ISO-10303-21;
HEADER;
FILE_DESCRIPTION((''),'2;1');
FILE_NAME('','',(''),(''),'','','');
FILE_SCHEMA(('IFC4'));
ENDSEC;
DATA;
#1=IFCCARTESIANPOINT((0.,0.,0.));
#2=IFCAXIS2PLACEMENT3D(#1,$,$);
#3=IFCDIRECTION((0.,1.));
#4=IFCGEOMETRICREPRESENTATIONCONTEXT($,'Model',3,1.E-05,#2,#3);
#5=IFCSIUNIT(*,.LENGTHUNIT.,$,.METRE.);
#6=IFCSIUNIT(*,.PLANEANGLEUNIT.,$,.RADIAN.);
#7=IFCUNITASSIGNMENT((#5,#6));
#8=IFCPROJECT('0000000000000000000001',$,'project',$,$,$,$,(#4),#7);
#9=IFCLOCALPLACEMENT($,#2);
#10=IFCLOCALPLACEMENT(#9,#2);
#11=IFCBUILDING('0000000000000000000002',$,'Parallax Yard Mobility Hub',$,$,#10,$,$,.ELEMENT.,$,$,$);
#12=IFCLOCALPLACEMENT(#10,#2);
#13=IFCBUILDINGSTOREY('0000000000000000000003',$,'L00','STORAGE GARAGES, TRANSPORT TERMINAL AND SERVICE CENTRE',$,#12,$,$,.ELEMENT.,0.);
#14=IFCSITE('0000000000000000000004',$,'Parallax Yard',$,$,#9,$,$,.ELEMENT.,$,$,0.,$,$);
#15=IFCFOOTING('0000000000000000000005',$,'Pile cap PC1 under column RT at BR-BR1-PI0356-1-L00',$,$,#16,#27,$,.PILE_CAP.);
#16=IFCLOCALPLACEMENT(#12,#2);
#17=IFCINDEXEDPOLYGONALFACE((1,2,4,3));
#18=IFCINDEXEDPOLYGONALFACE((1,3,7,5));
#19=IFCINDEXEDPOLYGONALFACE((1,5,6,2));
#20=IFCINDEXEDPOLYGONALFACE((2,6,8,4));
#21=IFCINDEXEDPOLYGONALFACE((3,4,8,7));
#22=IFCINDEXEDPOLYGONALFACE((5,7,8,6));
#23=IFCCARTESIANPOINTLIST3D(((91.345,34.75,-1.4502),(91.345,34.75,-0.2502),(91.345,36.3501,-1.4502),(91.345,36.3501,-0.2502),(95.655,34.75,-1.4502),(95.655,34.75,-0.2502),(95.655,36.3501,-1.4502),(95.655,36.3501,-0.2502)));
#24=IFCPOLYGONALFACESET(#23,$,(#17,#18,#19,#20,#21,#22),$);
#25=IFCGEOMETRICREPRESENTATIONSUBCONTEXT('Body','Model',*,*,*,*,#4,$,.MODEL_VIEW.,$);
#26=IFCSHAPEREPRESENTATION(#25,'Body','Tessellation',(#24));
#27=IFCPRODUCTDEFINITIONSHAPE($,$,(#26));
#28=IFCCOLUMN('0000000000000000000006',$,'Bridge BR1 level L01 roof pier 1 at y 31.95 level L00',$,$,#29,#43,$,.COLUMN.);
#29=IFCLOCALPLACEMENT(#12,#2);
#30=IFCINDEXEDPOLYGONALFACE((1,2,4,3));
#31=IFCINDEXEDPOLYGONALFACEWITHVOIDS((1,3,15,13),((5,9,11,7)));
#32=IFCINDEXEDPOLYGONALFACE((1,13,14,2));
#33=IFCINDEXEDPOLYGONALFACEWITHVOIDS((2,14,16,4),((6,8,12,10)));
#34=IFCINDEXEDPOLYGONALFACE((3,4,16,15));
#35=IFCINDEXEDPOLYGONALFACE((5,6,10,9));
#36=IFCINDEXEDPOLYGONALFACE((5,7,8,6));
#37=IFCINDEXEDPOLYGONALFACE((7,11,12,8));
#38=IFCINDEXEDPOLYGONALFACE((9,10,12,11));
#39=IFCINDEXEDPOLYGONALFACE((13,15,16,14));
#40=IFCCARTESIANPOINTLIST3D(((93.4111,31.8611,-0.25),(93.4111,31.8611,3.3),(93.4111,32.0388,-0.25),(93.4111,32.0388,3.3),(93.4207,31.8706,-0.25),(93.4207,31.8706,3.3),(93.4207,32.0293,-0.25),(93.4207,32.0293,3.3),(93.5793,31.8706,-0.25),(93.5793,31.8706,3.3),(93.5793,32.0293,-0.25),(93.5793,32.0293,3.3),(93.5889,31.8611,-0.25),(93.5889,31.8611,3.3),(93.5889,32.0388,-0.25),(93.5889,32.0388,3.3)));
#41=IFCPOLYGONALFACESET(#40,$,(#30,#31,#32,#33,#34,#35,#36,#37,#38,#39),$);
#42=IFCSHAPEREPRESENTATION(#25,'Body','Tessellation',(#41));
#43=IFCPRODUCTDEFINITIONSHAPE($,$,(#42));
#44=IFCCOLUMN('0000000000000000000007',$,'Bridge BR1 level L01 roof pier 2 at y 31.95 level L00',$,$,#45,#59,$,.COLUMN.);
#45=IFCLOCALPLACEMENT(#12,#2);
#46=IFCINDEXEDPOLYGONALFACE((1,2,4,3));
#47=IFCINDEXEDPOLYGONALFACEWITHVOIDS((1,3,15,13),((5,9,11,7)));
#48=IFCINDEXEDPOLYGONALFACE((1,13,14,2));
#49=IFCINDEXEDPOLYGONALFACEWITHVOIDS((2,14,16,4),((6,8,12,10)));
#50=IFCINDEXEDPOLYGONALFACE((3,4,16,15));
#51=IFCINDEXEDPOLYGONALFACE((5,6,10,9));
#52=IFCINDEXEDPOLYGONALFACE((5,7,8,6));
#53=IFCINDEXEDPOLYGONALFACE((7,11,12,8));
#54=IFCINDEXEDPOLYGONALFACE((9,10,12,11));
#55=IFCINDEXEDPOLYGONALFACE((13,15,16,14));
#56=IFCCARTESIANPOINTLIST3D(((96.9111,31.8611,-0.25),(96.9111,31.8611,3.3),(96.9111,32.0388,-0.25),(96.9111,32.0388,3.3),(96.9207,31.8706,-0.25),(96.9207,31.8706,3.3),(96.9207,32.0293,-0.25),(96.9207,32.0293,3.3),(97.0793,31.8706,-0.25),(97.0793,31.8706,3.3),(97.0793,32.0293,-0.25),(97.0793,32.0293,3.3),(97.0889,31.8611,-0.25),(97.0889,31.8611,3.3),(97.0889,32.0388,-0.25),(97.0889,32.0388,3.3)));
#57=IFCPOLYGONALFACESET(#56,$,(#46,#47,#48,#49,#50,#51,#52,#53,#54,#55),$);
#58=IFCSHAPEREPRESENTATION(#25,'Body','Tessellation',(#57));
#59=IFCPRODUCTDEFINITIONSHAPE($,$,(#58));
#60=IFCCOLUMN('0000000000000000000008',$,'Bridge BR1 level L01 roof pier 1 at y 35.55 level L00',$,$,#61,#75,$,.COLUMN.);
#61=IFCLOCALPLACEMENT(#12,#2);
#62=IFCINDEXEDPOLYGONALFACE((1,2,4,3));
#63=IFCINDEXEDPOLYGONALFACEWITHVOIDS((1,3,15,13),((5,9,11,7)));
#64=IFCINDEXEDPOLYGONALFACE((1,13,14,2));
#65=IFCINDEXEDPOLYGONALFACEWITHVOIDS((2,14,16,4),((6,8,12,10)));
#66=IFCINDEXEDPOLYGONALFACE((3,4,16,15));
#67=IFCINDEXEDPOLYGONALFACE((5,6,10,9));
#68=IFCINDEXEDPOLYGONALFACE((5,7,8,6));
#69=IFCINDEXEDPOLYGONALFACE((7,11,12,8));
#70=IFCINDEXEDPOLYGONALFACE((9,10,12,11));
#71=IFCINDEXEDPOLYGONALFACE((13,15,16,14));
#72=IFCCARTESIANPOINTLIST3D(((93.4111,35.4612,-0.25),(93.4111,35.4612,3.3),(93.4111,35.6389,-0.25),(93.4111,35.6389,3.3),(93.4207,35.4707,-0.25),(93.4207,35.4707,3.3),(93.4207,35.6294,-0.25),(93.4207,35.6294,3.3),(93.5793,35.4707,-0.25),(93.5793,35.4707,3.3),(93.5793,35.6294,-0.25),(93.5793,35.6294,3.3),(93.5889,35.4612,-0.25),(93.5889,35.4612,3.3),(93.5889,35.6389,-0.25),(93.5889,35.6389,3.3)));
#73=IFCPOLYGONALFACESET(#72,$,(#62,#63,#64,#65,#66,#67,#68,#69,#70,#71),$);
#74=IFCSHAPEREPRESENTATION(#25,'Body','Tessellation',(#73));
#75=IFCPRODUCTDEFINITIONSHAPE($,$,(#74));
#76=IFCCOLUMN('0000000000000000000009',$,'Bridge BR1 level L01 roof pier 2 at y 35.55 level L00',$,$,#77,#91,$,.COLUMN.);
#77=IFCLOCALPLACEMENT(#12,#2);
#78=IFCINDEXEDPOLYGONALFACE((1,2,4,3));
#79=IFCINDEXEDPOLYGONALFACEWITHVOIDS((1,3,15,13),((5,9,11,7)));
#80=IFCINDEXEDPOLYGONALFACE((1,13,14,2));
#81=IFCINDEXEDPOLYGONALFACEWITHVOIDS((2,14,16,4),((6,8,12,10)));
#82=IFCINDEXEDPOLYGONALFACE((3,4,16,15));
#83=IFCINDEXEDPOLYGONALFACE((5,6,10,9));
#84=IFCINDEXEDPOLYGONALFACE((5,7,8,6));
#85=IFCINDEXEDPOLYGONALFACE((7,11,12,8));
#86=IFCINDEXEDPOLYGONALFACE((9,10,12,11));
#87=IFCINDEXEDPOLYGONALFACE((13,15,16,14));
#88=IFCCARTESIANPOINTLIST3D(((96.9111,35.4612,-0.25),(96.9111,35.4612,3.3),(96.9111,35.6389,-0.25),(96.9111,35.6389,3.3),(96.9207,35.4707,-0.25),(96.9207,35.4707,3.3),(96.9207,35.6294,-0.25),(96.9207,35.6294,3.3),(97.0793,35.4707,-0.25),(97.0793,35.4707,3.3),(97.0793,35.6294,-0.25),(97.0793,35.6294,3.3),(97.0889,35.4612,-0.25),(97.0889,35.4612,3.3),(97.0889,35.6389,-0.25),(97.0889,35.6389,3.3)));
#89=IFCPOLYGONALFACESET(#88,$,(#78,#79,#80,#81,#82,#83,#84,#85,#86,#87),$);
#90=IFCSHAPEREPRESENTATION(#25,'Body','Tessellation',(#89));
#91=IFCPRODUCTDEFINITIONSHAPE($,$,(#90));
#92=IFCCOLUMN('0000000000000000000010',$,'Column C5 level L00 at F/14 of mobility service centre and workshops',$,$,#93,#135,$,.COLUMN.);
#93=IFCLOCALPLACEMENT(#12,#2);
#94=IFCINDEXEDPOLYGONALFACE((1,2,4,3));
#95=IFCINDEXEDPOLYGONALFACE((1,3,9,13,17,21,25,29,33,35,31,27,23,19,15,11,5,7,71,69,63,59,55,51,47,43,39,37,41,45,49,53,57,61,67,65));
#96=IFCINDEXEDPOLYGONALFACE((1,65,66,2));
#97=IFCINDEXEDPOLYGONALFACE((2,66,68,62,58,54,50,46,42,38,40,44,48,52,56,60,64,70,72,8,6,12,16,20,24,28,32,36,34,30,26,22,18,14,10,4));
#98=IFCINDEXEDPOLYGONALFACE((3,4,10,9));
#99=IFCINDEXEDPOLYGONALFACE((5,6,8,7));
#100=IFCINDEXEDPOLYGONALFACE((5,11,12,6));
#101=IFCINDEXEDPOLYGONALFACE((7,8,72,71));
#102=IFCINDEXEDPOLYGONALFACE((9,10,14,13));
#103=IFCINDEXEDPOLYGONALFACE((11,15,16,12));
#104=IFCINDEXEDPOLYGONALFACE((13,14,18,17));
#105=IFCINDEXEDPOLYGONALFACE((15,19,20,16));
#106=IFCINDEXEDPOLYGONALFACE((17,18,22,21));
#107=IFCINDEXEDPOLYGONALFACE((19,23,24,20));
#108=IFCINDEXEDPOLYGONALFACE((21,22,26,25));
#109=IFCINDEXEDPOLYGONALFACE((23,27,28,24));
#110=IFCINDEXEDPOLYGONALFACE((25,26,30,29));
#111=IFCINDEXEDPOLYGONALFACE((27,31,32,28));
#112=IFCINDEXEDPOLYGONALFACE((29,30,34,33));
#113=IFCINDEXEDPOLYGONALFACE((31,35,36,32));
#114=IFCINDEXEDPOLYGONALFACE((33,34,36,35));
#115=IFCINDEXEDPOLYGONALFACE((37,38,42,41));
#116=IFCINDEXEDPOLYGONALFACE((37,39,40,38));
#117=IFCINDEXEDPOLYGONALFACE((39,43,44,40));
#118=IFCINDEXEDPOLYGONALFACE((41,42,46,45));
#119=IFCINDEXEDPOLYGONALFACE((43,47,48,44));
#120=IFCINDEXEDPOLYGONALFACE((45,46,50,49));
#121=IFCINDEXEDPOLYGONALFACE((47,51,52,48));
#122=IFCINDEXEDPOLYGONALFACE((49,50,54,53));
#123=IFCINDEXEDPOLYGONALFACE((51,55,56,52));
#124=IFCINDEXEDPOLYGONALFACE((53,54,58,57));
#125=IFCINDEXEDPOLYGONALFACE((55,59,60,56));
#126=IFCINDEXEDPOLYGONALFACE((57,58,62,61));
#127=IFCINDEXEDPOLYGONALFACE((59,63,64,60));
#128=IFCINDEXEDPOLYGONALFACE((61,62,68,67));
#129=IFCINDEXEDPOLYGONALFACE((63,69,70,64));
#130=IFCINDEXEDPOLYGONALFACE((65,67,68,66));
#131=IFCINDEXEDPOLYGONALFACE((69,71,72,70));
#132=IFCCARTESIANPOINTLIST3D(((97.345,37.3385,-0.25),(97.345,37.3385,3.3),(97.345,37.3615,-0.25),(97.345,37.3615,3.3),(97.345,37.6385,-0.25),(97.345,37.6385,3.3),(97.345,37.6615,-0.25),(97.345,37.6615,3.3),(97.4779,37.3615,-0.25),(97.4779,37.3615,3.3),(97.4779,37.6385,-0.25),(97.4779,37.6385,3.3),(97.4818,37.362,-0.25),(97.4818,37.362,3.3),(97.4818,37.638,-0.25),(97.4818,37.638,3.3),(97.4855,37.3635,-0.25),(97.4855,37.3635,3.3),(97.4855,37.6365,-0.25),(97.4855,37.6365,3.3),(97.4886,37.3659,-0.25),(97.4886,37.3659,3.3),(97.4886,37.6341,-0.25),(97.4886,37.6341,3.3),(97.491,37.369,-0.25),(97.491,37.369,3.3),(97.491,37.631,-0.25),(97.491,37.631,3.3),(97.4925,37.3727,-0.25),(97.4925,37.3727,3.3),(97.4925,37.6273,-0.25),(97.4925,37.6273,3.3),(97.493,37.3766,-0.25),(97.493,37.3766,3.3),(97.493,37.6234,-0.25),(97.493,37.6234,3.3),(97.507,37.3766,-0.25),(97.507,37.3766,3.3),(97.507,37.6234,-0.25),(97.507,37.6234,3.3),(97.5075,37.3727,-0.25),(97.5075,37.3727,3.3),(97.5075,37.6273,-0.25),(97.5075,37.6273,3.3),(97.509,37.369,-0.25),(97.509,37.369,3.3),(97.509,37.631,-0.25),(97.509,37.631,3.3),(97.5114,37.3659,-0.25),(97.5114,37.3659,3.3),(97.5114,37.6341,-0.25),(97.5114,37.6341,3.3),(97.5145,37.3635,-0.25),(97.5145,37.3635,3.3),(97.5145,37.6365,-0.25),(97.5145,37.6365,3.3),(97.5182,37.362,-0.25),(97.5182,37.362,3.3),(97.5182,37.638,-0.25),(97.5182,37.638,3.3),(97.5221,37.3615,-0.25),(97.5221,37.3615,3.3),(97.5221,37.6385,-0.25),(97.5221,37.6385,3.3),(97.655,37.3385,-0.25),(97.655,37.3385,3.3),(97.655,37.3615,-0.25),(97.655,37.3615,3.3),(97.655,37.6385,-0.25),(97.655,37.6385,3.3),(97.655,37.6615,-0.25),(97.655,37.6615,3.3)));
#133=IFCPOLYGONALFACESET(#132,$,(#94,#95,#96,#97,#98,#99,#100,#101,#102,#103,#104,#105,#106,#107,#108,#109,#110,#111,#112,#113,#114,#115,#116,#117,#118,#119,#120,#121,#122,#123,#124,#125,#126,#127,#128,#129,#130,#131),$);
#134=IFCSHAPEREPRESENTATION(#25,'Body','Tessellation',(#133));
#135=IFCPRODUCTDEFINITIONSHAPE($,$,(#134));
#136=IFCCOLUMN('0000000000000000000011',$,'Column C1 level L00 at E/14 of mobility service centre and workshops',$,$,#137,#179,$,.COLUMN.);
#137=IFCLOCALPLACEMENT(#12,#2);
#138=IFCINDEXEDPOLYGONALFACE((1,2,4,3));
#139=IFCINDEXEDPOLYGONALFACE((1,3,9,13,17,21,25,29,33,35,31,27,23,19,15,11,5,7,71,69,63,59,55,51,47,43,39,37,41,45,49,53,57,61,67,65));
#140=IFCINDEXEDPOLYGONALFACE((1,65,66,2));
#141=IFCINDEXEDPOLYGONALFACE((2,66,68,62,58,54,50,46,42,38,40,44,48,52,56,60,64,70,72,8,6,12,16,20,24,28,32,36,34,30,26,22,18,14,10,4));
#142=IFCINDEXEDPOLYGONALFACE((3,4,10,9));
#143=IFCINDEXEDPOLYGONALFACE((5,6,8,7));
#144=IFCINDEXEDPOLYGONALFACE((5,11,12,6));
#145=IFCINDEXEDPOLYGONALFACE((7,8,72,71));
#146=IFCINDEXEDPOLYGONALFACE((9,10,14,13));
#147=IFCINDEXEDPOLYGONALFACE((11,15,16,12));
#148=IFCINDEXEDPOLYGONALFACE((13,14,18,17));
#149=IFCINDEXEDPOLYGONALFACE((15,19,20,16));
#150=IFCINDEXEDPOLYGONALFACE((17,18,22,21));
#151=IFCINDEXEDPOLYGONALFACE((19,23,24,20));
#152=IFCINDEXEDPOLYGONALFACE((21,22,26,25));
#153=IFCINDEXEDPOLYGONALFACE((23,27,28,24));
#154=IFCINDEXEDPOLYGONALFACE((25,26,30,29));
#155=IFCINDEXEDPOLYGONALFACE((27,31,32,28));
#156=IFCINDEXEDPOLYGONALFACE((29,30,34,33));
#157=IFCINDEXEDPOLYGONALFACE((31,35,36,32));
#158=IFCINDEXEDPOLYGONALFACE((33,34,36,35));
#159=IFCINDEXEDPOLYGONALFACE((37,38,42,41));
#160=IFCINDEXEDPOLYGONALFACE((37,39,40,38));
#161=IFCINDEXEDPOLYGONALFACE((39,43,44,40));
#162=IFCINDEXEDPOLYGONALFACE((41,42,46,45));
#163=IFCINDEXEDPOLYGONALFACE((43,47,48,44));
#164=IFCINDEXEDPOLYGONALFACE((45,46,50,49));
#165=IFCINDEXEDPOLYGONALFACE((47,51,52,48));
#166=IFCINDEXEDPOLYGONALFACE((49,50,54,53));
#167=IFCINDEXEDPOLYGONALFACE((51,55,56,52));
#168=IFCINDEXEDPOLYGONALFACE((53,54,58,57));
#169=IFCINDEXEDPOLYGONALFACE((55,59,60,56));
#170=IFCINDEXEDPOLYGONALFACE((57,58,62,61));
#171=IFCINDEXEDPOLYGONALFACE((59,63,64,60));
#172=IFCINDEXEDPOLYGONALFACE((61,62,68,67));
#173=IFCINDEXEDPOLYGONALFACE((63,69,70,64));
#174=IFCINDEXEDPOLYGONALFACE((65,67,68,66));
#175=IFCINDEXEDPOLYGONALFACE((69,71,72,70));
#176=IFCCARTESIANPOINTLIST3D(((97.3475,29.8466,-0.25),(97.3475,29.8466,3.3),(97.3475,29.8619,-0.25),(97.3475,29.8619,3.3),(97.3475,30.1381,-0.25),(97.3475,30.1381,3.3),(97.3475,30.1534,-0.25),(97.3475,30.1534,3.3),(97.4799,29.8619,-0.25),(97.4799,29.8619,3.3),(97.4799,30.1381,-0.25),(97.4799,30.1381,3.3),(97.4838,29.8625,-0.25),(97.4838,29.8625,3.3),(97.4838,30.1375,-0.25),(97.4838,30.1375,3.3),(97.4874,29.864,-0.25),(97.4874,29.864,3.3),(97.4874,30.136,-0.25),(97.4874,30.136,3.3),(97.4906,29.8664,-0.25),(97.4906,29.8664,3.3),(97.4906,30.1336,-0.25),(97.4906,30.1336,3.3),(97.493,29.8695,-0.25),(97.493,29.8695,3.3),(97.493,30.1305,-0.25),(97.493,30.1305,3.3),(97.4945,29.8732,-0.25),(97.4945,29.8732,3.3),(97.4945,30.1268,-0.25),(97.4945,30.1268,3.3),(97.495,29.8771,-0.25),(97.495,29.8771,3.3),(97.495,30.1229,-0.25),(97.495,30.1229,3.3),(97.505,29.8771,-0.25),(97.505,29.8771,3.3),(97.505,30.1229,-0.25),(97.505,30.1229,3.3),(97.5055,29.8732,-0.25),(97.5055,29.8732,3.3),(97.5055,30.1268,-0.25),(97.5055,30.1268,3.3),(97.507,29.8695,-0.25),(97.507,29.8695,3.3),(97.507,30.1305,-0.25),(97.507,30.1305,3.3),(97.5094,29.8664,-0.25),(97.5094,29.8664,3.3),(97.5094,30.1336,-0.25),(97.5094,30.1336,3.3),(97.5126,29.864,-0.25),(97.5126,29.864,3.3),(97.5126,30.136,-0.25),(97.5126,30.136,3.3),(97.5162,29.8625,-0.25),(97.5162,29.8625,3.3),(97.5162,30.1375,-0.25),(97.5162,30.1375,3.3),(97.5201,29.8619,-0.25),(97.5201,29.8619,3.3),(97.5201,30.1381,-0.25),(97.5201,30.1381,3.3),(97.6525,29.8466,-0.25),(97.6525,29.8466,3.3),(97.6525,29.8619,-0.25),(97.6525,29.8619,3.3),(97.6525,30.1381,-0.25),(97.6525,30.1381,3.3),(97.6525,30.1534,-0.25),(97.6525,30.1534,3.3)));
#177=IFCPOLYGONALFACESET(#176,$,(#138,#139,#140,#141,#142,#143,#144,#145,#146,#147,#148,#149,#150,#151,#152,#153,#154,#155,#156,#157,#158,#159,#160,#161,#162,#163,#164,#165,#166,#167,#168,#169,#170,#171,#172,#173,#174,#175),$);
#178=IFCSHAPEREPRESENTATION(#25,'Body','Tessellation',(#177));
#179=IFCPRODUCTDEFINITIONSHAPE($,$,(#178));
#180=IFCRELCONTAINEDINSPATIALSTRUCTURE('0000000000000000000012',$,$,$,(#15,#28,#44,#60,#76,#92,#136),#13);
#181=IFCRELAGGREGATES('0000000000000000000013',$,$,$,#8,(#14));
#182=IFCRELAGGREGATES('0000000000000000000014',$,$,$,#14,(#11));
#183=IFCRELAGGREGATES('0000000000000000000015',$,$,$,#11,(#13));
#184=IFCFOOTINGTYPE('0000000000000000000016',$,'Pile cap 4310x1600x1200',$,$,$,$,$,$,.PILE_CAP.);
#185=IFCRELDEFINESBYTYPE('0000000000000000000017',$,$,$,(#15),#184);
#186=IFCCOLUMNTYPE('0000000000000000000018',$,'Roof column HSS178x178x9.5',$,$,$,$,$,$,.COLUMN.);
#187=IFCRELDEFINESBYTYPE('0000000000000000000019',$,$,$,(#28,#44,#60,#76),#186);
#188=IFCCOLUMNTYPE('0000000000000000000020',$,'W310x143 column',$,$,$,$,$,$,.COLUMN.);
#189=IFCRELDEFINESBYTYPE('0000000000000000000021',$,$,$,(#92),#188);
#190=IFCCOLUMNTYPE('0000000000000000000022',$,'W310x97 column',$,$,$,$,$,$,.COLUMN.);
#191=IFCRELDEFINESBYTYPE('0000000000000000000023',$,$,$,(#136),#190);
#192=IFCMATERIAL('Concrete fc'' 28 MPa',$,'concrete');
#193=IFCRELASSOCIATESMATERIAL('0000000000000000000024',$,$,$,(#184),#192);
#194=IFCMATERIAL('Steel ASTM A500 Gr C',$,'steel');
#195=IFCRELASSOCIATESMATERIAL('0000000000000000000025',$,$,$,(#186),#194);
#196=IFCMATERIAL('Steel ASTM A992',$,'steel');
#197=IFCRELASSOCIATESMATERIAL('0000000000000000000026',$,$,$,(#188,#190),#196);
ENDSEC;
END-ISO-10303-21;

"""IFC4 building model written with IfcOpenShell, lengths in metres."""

from ifc_helpers import new_model, si_unit, direction, frame, origin, origin_2d, place, context, subcontext, project, spatial, rectangle, hollow_rectangle, i_section, extrude, material, material_profile, profile_set, type_object, element, save


model = new_model("IFC4")

# Units and contexts
model_context = context("Model", 3, precision=1e-05, world=origin(), true_north=direction((0.0, 1.0)))
body_context = subcontext(model_context, "Body", "Model", "MODEL_VIEW")
ifc_project = project(units=[si_unit("LENGTHUNIT", "METRE"), si_unit("PLANEANGLEUNIT", "RADIAN")], contexts=[model_context])

# Site, building, storey
site_placement = place(None, origin())
site = spatial("IfcSite", under=ifc_project, at=site_placement, Name="Parallax Yard", CompositionType="ELEMENT", RefElevation=0.0)
building_placement = place(site_placement, origin())
building = spatial("IfcBuilding", under=site, at=building_placement, Name="Parallax Yard Mobility Hub", CompositionType="ELEMENT")
storey_placement = place(building_placement, origin())
storey = spatial("IfcBuildingStorey", under=building, at=storey_placement, Name="L00", Description="STORAGE GARAGES, TRANSPORT TERMINAL AND SERVICE CENTRE", CompositionType="ELEMENT", Elevation=0.0)

# Shared definitions
ifc_material_1 = material(Name="Concrete fc' 28 MPa", Category="concrete")

# Footing
footing_type_1 = type_object("IfcFootingType", Name="Pile cap 4310x1600x1200", PredefinedType="PILE_CAP", material=ifc_material_1)
for number, where, z_axis, x_axis, name in (
    (1, (93.5, 35.55, -1.4502), (0.0, 0.0, 1.0), (1.0, 0.0, 0.0), "Pile cap PC1 under column RT at BR-BR1-PI0356-1-L00"),
):
    element("IfcFooting", number, at=place(storey_placement, frame(where, z_axis=z_axis, x_axis=x_axis)), inside=storey, type_object=footing_type_1, Name=name, PredefinedType="PILE_CAP", context=body_context, shape_type="SweptSolid", body=[
        extrude(rectangle(XDim=4.3101, YDim=1.6001, at=origin_2d()), origin(), (0.0, 0.0, 1.0), 1.2),
    ])

# Columns
ifc_material_2 = material(Name="Steel ASTM A500 Gr C", Category="steel")
ifc_material_profile_1 = material_profile(ifc_material_2, hollow_rectangle(XDim=0.1777, YDim=0.1777, WallThickness=0.0095, at=origin_2d()), Name="HSS178x178x9.5")
ifc_profile_set_1 = profile_set([ifc_material_profile_1], Name="Steel ASTM A500 Gr C")
column_type_1 = type_object("IfcColumnType", Name="Roof column HSS178x178x9.5", PredefinedType="COLUMN", material=ifc_profile_set_1)
for number, where, z_axis, x_axis, name in (
    (2, (93.5, 31.95, -0.25), (0.0, 0.0, 1.0), (1.0, 0.0, 0.0), "Bridge BR1 level L01 roof pier 1 at y 31.95 level L00"),
    (3, (97.0, 31.95, -0.25), (0.0, 0.0, 1.0), (1.0, 0.0, 0.0), "Bridge BR1 level L01 roof pier 2 at y 31.95 level L00"),
    (4, (93.5, 35.55, -0.25), (0.0, 0.0, 1.0), (1.0, 0.0, 0.0), "Bridge BR1 level L01 roof pier 1 at y 35.55 level L00"),
    (5, (97.0, 35.55, -0.25), (0.0, 0.0, 1.0), (1.0, 0.0, 0.0), "Bridge BR1 level L01 roof pier 2 at y 35.55 level L00"),
):
    element("IfcColumn", number, at=place(storey_placement, frame(where, z_axis=z_axis, x_axis=x_axis)), inside=storey, type_object=column_type_1, Name=name, PredefinedType="COLUMN", context=body_context, shape_type="SweptSolid", body=[
        extrude(hollow_rectangle(XDim=0.1777, YDim=0.1777, WallThickness=0.0095, at=origin_2d()), origin(), (0.0, 0.0, 1.0), 3.55),
    ])
ifc_material_3 = material(Name="Steel ASTM A992", Category="steel")
ifc_material_profile_2 = material_profile(ifc_material_3, i_section(OverallWidth=0.3101, OverallDepth=0.323, WebThickness=0.0139, FlangeThickness=0.0229, FilletRadius=0.0151, at=origin_2d()), Name="W310x143")
ifc_profile_set_2 = profile_set([ifc_material_profile_2], Name="Steel ASTM A992")
column_type_2 = type_object("IfcColumnType", Name="W310x143 column", PredefinedType="COLUMN", material=ifc_profile_set_2)
column_1_placement = place(storey_placement, frame((97.5, 37.5, -0.25), z_axis=(0.0, 0.0, 1.0), x_axis=(1.0, 0.0, 0.0)))
element("IfcColumn", 6, at=column_1_placement, inside=storey, type_object=column_type_2, Name="Column C5 level L00 at F/14 of mobility service centre and workshops", PredefinedType="COLUMN", context=body_context, shape_type="SweptSolid", body=[
    extrude(i_section(OverallWidth=0.3101, OverallDepth=0.323, WebThickness=0.0139, FlangeThickness=0.0229, FilletRadius=0.0151, at=origin_2d()), origin(), (0.0, 0.0, 1.0), 3.55),
])
ifc_material_profile_3 = material_profile(ifc_material_3, i_section(OverallWidth=0.3049, OverallDepth=0.3069, WebThickness=0.01, FlangeThickness=0.0154, FilletRadius=0.0151, at=origin_2d()), Name="W310x97")
ifc_profile_set_3 = profile_set([ifc_material_profile_3], Name="Steel ASTM A992")
column_type_3 = type_object("IfcColumnType", Name="W310x97 column", PredefinedType="COLUMN", material=ifc_profile_set_3)
column_2_placement = place(storey_placement, frame((97.5, 30.0, -0.25), z_axis=(0.0, 0.0, 1.0), x_axis=(1.0, 0.0, 0.0)))
element("IfcColumn", 7, at=column_2_placement, inside=storey, type_object=column_type_3, Name="Column C1 level L00 at E/14 of mobility service centre and workshops", PredefinedType="COLUMN", context=body_context, shape_type="SweptSolid", body=[
    extrude(i_section(OverallWidth=0.3049, OverallDepth=0.3069, WebThickness=0.01, FlangeThickness=0.0154, FilletRadius=0.0151, at=origin_2d()), origin(), (0.0, 0.0, 1.0), 3.55),
])

save(model, "model.ifc")
